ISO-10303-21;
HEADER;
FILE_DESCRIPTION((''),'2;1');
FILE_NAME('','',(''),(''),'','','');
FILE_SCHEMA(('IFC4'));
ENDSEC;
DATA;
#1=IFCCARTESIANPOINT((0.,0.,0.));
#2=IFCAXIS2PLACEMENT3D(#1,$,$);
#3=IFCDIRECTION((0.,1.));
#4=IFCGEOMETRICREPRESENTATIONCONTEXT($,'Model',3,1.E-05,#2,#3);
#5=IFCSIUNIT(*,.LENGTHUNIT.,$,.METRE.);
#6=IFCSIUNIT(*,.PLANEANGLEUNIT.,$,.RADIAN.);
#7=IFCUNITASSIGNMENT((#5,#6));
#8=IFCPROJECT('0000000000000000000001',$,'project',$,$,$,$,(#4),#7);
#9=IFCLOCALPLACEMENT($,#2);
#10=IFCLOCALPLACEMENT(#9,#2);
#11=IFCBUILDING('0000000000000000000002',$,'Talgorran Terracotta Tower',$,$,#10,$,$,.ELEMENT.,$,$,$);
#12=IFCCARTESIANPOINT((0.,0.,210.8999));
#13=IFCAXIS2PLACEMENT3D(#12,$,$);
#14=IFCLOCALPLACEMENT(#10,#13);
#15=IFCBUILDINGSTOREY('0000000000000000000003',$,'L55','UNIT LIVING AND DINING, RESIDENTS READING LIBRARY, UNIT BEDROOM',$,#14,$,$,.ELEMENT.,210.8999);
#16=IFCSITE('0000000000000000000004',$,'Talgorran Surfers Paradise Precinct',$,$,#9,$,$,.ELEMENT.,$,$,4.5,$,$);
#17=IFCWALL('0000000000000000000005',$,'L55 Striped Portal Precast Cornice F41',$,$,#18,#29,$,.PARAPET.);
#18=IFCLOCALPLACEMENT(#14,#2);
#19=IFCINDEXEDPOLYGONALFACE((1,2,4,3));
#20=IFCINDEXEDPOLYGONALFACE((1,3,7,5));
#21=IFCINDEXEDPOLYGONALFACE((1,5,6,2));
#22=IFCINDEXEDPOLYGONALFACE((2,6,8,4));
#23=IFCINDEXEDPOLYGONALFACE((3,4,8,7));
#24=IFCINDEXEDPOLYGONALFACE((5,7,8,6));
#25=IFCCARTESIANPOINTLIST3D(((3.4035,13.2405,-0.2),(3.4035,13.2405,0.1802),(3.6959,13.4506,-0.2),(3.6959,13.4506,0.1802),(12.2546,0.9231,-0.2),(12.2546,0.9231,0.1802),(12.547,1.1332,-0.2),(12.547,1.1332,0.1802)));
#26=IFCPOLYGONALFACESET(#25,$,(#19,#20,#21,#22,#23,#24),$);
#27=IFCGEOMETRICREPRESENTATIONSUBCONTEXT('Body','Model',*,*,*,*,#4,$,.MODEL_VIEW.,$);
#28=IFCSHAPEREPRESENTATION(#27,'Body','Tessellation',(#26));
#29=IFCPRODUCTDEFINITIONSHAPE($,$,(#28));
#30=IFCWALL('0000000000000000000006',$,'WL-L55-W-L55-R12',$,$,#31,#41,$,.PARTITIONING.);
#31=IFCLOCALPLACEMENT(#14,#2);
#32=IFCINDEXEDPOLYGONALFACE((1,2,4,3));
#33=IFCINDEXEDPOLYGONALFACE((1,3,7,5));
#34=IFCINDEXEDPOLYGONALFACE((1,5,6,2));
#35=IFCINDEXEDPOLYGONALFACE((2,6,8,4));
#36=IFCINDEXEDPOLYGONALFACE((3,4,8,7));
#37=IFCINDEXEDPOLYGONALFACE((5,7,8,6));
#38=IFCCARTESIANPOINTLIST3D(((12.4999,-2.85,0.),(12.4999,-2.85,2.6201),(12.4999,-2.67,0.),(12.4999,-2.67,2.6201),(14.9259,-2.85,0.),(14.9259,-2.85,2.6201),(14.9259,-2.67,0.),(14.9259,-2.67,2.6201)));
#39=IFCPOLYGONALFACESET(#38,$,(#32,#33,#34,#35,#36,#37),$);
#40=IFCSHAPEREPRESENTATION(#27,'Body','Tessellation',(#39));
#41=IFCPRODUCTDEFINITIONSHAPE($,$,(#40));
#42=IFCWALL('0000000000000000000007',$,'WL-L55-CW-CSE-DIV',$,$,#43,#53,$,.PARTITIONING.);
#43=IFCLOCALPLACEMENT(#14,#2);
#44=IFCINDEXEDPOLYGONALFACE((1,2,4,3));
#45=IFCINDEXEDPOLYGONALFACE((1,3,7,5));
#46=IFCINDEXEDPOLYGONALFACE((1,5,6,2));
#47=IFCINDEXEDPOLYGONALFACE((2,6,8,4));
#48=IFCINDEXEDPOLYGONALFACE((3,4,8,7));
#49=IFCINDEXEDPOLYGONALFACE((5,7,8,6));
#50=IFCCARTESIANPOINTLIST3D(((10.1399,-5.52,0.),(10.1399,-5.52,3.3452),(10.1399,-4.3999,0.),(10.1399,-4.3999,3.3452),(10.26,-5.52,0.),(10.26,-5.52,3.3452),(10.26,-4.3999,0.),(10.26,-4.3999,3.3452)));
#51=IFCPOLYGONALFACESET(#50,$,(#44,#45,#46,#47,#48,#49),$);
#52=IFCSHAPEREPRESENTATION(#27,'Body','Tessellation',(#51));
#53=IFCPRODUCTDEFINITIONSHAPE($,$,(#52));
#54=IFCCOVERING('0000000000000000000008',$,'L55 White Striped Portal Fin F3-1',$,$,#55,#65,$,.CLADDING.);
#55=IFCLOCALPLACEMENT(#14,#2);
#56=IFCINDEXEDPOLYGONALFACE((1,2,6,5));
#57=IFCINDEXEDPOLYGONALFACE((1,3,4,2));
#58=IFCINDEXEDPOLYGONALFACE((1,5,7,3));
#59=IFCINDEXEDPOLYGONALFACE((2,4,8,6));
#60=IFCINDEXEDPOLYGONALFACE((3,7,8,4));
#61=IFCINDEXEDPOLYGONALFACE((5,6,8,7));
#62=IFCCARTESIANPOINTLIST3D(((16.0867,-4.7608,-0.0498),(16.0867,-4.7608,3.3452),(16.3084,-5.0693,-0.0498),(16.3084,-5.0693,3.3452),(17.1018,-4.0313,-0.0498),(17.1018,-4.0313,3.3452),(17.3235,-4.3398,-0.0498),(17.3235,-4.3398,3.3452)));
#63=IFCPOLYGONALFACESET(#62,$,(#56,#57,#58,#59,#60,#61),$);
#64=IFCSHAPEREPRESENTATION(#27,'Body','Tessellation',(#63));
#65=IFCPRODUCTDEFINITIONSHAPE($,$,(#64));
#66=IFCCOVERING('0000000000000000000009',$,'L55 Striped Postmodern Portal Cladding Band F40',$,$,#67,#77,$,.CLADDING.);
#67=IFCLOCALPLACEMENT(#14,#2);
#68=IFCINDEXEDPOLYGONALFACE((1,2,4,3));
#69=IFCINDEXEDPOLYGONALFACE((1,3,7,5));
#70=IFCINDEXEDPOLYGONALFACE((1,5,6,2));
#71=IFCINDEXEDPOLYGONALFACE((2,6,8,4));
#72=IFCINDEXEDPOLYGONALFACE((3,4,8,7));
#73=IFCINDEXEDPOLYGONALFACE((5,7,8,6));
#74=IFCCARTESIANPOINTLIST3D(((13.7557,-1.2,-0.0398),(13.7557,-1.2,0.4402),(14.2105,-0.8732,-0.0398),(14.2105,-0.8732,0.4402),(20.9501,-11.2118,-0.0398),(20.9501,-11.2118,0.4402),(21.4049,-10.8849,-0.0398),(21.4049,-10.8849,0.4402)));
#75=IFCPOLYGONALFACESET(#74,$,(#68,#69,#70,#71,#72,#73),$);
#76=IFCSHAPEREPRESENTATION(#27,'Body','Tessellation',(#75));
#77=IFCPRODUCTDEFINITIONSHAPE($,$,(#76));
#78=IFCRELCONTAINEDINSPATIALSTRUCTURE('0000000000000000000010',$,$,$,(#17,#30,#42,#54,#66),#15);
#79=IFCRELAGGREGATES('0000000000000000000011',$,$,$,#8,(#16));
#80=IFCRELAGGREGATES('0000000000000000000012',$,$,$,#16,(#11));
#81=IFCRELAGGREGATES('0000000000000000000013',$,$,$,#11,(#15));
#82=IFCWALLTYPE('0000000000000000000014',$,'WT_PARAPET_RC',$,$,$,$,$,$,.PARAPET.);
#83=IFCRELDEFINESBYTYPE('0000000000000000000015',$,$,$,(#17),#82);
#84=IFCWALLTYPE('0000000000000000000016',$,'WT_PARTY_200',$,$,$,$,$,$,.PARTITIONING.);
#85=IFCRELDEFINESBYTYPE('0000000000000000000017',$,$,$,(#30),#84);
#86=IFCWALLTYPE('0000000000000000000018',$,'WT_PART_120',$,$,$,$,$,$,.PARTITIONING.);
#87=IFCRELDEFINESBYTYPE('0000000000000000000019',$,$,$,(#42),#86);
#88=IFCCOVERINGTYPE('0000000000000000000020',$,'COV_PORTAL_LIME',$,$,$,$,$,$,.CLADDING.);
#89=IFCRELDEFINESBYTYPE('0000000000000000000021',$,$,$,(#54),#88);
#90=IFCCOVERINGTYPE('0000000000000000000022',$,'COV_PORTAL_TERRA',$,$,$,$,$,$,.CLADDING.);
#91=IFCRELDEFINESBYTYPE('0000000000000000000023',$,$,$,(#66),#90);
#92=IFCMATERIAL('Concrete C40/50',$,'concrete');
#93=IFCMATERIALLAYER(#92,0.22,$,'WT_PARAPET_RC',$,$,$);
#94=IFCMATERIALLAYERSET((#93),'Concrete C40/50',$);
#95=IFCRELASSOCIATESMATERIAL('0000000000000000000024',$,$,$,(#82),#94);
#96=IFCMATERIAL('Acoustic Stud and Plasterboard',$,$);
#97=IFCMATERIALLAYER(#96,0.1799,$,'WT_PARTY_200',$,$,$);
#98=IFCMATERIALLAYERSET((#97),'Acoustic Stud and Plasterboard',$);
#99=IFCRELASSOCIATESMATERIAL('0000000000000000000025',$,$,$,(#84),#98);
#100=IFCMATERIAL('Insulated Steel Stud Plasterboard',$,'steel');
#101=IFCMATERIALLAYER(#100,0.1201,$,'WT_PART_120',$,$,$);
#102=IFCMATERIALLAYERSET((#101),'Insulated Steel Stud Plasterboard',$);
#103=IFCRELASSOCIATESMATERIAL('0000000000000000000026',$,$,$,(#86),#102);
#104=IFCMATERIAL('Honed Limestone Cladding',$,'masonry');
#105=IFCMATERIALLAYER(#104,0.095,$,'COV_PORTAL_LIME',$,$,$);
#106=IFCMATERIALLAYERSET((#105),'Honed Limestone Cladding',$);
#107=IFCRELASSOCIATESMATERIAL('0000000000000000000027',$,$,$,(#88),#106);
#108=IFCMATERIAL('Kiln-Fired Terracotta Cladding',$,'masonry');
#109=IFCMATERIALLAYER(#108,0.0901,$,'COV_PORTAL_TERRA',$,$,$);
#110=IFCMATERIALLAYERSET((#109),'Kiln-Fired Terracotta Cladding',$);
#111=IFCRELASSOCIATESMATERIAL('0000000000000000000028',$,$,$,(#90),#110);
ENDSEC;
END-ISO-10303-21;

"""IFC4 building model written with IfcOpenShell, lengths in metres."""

from ifc_helpers import new_model, si_unit, direction, frame, frame_2d, origin, origin_2d, place, context, subcontext, project, spatial, rectangle, extrude, material, layer, layer_set, type_object, element, save


model = new_model("IFC4")

# Units and contexts
model_context = context("Model", 3, precision=1e-05, world=origin(), true_north=direction((0.0, 1.0)))
body_context = subcontext(model_context, "Body", "Model", "MODEL_VIEW")
ifc_project = project(units=[si_unit("LENGTHUNIT", "METRE"), si_unit("PLANEANGLEUNIT", "RADIAN")], contexts=[model_context])

# Site, building, storey
site_placement = place(None, origin())
site = spatial("IfcSite", under=ifc_project, at=site_placement, Name="Talgorran Surfers Paradise Precinct", CompositionType="ELEMENT", RefElevation=4.5)
building_placement = place(site_placement, origin())
building = spatial("IfcBuilding", under=site, at=building_placement, Name="Talgorran Terracotta Tower", CompositionType="ELEMENT")
storey_placement = place(building_placement, frame((0.0, 0.0, 210.8999)))
storey = spatial("IfcBuildingStorey", under=building, at=storey_placement, Name="L55", Description="UNIT LIVING AND DINING, RESIDENTS READING LIBRARY, UNIT BEDROOM", CompositionType="ELEMENT", Elevation=210.8999)

# Shared definitions
ifc_material_1 = material(Name="Concrete C40/50", Category="concrete")

# Walls
ifc_layer_1 = layer(ifc_material_1, 0.22, Name="WT_PARAPET_RC")
ifc_layer_set_1 = layer_set([ifc_layer_1], Name="Concrete C40/50")
wall_type_1 = type_object("IfcWallType", Name="WT_PARAPET_RC", PredefinedType="PARAPET", material=ifc_layer_set_1)
wall_1_placement = place(storey_placement, frame((12.4009, 1.0281, -0.2), z_axis=(0.0, 0.0, 1.0), x_axis=(-0.583547, 0.812079, 0.0)))
element("IfcWall", 1, at=wall_1_placement, inside=storey, type_object=wall_type_1, Name="L55 Striped Portal Precast Cornice F41", PredefinedType="PARAPET", context=body_context, shape_type="SweptSolid", body=[
    extrude(rectangle(XDim=15.1677, YDim=0.3601, at=frame_2d((7.584, 0.0))), origin(), (0.0, 0.0, 1.0), 0.3801),
])
ifc_material_2 = material(Name="Acoustic Stud and Plasterboard")
ifc_layer_2 = layer(ifc_material_2, 0.1799, Name="WT_PARTY_200")
ifc_layer_set_2 = layer_set([ifc_layer_2], Name="Acoustic Stud and Plasterboard")
wall_type_2 = type_object("IfcWallType", Name="WT_PARTY_200", PredefinedType="PARTITIONING", material=ifc_layer_set_2)
wall_2_placement = place(storey_placement, frame((12.5, -2.76, 0.0), z_axis=(0.0, 0.0, 1.0), x_axis=(1.0, 0.0, 0.0)))
element("IfcWall", 2, at=wall_2_placement, inside=storey, type_object=wall_type_2, Name="WL-L55-W-L55-R12", PredefinedType="PARTITIONING", context=body_context, shape_type="SweptSolid", body=[
    extrude(rectangle(XDim=2.426, YDim=0.1799, at=frame_2d((1.2129, 0.0))), origin(), (0.0, 0.0, 1.0), 2.6201),
])
ifc_material_3 = material(Name="Insulated Steel Stud Plasterboard", Category="steel")
ifc_layer_3 = layer(ifc_material_3, 0.1201, Name="WT_PART_120")
ifc_layer_set_3 = layer_set([ifc_layer_3], Name="Insulated Steel Stud Plasterboard")
wall_type_3 = type_object("IfcWallType", Name="WT_PART_120", PredefinedType="PARTITIONING", material=ifc_layer_set_3)
wall_3_placement = place(storey_placement, frame((10.2, -5.52, 0.0), z_axis=(0.0, 0.0, 1.0), x_axis=(0.0, 1.0, 0.0)))
element("IfcWall", 3, at=wall_3_placement, inside=storey, type_object=wall_type_3, Name="WL-L55-CW-CSE-DIV", PredefinedType="PARTITIONING", context=body_context, shape_type="SweptSolid", body=[
    extrude(rectangle(XDim=1.1201, YDim=0.1201, at=frame_2d((0.5601, 0.0))), origin(), (0.0, 0.0, 1.0), 3.3452),
])

# Coverings
ifc_material_4 = material(Name="Honed Limestone Cladding", Category="masonry")
ifc_layer_4 = layer(ifc_material_4, 0.095, Name="COV_PORTAL_LIME")
ifc_layer_set_4 = layer_set([ifc_layer_4], Name="Honed Limestone Cladding")
covering_type_1 = type_object("IfcCoveringType", Name="COV_PORTAL_LIME", PredefinedType="CLADDING", material=ifc_layer_set_4)
covering_1_placement = place(storey_placement, frame((16.7051, -4.5503, -0.0498), z_axis=(0.0, 0.0, 1.0), x_axis=(-0.583555, 0.812073, 0.0)))
element("IfcCovering", 4, at=covering_1_placement, inside=storey, type_object=covering_type_1, Name="L55 White Striped Portal Fin F3-1", PredefinedType="CLADDING", context=body_context, shape_type="SweptSolid", body=[
    extrude(rectangle(XDim=0.3799, YDim=1.25, at=origin_2d()), origin(), (0.0, 0.0, 1.0), 3.395),
])
ifc_material_5 = material(Name="Kiln-Fired Terracotta Cladding", Category="masonry")
ifc_layer_5 = layer(ifc_material_5, 0.0901, Name="COV_PORTAL_TERRA")
ifc_layer_set_5 = layer_set([ifc_layer_5], Name="Kiln-Fired Terracotta Cladding")
covering_type_2 = type_object("IfcCoveringType", Name="COV_PORTAL_TERRA", PredefinedType="CLADDING", material=ifc_layer_set_5)
covering_2_placement = place(storey_placement, frame((17.5803, -6.0425, -0.0398), z_axis=(0.0, 0.0, 1.0), x_axis=(-0.583555, 0.812073, 0.0)))
element("IfcCovering", 5, at=covering_2_placement, inside=storey, type_object=covering_type_2, Name="L55 Striped Postmodern Portal Cladding Band F40", PredefinedType="CLADDING", context=body_context, shape_type="SweptSolid", body=[
    extrude(rectangle(XDim=12.3286, YDim=0.5601, at=origin_2d()), origin(), (0.0, 0.0, 1.0), 0.48),
])

save(model, "model.ifc")
